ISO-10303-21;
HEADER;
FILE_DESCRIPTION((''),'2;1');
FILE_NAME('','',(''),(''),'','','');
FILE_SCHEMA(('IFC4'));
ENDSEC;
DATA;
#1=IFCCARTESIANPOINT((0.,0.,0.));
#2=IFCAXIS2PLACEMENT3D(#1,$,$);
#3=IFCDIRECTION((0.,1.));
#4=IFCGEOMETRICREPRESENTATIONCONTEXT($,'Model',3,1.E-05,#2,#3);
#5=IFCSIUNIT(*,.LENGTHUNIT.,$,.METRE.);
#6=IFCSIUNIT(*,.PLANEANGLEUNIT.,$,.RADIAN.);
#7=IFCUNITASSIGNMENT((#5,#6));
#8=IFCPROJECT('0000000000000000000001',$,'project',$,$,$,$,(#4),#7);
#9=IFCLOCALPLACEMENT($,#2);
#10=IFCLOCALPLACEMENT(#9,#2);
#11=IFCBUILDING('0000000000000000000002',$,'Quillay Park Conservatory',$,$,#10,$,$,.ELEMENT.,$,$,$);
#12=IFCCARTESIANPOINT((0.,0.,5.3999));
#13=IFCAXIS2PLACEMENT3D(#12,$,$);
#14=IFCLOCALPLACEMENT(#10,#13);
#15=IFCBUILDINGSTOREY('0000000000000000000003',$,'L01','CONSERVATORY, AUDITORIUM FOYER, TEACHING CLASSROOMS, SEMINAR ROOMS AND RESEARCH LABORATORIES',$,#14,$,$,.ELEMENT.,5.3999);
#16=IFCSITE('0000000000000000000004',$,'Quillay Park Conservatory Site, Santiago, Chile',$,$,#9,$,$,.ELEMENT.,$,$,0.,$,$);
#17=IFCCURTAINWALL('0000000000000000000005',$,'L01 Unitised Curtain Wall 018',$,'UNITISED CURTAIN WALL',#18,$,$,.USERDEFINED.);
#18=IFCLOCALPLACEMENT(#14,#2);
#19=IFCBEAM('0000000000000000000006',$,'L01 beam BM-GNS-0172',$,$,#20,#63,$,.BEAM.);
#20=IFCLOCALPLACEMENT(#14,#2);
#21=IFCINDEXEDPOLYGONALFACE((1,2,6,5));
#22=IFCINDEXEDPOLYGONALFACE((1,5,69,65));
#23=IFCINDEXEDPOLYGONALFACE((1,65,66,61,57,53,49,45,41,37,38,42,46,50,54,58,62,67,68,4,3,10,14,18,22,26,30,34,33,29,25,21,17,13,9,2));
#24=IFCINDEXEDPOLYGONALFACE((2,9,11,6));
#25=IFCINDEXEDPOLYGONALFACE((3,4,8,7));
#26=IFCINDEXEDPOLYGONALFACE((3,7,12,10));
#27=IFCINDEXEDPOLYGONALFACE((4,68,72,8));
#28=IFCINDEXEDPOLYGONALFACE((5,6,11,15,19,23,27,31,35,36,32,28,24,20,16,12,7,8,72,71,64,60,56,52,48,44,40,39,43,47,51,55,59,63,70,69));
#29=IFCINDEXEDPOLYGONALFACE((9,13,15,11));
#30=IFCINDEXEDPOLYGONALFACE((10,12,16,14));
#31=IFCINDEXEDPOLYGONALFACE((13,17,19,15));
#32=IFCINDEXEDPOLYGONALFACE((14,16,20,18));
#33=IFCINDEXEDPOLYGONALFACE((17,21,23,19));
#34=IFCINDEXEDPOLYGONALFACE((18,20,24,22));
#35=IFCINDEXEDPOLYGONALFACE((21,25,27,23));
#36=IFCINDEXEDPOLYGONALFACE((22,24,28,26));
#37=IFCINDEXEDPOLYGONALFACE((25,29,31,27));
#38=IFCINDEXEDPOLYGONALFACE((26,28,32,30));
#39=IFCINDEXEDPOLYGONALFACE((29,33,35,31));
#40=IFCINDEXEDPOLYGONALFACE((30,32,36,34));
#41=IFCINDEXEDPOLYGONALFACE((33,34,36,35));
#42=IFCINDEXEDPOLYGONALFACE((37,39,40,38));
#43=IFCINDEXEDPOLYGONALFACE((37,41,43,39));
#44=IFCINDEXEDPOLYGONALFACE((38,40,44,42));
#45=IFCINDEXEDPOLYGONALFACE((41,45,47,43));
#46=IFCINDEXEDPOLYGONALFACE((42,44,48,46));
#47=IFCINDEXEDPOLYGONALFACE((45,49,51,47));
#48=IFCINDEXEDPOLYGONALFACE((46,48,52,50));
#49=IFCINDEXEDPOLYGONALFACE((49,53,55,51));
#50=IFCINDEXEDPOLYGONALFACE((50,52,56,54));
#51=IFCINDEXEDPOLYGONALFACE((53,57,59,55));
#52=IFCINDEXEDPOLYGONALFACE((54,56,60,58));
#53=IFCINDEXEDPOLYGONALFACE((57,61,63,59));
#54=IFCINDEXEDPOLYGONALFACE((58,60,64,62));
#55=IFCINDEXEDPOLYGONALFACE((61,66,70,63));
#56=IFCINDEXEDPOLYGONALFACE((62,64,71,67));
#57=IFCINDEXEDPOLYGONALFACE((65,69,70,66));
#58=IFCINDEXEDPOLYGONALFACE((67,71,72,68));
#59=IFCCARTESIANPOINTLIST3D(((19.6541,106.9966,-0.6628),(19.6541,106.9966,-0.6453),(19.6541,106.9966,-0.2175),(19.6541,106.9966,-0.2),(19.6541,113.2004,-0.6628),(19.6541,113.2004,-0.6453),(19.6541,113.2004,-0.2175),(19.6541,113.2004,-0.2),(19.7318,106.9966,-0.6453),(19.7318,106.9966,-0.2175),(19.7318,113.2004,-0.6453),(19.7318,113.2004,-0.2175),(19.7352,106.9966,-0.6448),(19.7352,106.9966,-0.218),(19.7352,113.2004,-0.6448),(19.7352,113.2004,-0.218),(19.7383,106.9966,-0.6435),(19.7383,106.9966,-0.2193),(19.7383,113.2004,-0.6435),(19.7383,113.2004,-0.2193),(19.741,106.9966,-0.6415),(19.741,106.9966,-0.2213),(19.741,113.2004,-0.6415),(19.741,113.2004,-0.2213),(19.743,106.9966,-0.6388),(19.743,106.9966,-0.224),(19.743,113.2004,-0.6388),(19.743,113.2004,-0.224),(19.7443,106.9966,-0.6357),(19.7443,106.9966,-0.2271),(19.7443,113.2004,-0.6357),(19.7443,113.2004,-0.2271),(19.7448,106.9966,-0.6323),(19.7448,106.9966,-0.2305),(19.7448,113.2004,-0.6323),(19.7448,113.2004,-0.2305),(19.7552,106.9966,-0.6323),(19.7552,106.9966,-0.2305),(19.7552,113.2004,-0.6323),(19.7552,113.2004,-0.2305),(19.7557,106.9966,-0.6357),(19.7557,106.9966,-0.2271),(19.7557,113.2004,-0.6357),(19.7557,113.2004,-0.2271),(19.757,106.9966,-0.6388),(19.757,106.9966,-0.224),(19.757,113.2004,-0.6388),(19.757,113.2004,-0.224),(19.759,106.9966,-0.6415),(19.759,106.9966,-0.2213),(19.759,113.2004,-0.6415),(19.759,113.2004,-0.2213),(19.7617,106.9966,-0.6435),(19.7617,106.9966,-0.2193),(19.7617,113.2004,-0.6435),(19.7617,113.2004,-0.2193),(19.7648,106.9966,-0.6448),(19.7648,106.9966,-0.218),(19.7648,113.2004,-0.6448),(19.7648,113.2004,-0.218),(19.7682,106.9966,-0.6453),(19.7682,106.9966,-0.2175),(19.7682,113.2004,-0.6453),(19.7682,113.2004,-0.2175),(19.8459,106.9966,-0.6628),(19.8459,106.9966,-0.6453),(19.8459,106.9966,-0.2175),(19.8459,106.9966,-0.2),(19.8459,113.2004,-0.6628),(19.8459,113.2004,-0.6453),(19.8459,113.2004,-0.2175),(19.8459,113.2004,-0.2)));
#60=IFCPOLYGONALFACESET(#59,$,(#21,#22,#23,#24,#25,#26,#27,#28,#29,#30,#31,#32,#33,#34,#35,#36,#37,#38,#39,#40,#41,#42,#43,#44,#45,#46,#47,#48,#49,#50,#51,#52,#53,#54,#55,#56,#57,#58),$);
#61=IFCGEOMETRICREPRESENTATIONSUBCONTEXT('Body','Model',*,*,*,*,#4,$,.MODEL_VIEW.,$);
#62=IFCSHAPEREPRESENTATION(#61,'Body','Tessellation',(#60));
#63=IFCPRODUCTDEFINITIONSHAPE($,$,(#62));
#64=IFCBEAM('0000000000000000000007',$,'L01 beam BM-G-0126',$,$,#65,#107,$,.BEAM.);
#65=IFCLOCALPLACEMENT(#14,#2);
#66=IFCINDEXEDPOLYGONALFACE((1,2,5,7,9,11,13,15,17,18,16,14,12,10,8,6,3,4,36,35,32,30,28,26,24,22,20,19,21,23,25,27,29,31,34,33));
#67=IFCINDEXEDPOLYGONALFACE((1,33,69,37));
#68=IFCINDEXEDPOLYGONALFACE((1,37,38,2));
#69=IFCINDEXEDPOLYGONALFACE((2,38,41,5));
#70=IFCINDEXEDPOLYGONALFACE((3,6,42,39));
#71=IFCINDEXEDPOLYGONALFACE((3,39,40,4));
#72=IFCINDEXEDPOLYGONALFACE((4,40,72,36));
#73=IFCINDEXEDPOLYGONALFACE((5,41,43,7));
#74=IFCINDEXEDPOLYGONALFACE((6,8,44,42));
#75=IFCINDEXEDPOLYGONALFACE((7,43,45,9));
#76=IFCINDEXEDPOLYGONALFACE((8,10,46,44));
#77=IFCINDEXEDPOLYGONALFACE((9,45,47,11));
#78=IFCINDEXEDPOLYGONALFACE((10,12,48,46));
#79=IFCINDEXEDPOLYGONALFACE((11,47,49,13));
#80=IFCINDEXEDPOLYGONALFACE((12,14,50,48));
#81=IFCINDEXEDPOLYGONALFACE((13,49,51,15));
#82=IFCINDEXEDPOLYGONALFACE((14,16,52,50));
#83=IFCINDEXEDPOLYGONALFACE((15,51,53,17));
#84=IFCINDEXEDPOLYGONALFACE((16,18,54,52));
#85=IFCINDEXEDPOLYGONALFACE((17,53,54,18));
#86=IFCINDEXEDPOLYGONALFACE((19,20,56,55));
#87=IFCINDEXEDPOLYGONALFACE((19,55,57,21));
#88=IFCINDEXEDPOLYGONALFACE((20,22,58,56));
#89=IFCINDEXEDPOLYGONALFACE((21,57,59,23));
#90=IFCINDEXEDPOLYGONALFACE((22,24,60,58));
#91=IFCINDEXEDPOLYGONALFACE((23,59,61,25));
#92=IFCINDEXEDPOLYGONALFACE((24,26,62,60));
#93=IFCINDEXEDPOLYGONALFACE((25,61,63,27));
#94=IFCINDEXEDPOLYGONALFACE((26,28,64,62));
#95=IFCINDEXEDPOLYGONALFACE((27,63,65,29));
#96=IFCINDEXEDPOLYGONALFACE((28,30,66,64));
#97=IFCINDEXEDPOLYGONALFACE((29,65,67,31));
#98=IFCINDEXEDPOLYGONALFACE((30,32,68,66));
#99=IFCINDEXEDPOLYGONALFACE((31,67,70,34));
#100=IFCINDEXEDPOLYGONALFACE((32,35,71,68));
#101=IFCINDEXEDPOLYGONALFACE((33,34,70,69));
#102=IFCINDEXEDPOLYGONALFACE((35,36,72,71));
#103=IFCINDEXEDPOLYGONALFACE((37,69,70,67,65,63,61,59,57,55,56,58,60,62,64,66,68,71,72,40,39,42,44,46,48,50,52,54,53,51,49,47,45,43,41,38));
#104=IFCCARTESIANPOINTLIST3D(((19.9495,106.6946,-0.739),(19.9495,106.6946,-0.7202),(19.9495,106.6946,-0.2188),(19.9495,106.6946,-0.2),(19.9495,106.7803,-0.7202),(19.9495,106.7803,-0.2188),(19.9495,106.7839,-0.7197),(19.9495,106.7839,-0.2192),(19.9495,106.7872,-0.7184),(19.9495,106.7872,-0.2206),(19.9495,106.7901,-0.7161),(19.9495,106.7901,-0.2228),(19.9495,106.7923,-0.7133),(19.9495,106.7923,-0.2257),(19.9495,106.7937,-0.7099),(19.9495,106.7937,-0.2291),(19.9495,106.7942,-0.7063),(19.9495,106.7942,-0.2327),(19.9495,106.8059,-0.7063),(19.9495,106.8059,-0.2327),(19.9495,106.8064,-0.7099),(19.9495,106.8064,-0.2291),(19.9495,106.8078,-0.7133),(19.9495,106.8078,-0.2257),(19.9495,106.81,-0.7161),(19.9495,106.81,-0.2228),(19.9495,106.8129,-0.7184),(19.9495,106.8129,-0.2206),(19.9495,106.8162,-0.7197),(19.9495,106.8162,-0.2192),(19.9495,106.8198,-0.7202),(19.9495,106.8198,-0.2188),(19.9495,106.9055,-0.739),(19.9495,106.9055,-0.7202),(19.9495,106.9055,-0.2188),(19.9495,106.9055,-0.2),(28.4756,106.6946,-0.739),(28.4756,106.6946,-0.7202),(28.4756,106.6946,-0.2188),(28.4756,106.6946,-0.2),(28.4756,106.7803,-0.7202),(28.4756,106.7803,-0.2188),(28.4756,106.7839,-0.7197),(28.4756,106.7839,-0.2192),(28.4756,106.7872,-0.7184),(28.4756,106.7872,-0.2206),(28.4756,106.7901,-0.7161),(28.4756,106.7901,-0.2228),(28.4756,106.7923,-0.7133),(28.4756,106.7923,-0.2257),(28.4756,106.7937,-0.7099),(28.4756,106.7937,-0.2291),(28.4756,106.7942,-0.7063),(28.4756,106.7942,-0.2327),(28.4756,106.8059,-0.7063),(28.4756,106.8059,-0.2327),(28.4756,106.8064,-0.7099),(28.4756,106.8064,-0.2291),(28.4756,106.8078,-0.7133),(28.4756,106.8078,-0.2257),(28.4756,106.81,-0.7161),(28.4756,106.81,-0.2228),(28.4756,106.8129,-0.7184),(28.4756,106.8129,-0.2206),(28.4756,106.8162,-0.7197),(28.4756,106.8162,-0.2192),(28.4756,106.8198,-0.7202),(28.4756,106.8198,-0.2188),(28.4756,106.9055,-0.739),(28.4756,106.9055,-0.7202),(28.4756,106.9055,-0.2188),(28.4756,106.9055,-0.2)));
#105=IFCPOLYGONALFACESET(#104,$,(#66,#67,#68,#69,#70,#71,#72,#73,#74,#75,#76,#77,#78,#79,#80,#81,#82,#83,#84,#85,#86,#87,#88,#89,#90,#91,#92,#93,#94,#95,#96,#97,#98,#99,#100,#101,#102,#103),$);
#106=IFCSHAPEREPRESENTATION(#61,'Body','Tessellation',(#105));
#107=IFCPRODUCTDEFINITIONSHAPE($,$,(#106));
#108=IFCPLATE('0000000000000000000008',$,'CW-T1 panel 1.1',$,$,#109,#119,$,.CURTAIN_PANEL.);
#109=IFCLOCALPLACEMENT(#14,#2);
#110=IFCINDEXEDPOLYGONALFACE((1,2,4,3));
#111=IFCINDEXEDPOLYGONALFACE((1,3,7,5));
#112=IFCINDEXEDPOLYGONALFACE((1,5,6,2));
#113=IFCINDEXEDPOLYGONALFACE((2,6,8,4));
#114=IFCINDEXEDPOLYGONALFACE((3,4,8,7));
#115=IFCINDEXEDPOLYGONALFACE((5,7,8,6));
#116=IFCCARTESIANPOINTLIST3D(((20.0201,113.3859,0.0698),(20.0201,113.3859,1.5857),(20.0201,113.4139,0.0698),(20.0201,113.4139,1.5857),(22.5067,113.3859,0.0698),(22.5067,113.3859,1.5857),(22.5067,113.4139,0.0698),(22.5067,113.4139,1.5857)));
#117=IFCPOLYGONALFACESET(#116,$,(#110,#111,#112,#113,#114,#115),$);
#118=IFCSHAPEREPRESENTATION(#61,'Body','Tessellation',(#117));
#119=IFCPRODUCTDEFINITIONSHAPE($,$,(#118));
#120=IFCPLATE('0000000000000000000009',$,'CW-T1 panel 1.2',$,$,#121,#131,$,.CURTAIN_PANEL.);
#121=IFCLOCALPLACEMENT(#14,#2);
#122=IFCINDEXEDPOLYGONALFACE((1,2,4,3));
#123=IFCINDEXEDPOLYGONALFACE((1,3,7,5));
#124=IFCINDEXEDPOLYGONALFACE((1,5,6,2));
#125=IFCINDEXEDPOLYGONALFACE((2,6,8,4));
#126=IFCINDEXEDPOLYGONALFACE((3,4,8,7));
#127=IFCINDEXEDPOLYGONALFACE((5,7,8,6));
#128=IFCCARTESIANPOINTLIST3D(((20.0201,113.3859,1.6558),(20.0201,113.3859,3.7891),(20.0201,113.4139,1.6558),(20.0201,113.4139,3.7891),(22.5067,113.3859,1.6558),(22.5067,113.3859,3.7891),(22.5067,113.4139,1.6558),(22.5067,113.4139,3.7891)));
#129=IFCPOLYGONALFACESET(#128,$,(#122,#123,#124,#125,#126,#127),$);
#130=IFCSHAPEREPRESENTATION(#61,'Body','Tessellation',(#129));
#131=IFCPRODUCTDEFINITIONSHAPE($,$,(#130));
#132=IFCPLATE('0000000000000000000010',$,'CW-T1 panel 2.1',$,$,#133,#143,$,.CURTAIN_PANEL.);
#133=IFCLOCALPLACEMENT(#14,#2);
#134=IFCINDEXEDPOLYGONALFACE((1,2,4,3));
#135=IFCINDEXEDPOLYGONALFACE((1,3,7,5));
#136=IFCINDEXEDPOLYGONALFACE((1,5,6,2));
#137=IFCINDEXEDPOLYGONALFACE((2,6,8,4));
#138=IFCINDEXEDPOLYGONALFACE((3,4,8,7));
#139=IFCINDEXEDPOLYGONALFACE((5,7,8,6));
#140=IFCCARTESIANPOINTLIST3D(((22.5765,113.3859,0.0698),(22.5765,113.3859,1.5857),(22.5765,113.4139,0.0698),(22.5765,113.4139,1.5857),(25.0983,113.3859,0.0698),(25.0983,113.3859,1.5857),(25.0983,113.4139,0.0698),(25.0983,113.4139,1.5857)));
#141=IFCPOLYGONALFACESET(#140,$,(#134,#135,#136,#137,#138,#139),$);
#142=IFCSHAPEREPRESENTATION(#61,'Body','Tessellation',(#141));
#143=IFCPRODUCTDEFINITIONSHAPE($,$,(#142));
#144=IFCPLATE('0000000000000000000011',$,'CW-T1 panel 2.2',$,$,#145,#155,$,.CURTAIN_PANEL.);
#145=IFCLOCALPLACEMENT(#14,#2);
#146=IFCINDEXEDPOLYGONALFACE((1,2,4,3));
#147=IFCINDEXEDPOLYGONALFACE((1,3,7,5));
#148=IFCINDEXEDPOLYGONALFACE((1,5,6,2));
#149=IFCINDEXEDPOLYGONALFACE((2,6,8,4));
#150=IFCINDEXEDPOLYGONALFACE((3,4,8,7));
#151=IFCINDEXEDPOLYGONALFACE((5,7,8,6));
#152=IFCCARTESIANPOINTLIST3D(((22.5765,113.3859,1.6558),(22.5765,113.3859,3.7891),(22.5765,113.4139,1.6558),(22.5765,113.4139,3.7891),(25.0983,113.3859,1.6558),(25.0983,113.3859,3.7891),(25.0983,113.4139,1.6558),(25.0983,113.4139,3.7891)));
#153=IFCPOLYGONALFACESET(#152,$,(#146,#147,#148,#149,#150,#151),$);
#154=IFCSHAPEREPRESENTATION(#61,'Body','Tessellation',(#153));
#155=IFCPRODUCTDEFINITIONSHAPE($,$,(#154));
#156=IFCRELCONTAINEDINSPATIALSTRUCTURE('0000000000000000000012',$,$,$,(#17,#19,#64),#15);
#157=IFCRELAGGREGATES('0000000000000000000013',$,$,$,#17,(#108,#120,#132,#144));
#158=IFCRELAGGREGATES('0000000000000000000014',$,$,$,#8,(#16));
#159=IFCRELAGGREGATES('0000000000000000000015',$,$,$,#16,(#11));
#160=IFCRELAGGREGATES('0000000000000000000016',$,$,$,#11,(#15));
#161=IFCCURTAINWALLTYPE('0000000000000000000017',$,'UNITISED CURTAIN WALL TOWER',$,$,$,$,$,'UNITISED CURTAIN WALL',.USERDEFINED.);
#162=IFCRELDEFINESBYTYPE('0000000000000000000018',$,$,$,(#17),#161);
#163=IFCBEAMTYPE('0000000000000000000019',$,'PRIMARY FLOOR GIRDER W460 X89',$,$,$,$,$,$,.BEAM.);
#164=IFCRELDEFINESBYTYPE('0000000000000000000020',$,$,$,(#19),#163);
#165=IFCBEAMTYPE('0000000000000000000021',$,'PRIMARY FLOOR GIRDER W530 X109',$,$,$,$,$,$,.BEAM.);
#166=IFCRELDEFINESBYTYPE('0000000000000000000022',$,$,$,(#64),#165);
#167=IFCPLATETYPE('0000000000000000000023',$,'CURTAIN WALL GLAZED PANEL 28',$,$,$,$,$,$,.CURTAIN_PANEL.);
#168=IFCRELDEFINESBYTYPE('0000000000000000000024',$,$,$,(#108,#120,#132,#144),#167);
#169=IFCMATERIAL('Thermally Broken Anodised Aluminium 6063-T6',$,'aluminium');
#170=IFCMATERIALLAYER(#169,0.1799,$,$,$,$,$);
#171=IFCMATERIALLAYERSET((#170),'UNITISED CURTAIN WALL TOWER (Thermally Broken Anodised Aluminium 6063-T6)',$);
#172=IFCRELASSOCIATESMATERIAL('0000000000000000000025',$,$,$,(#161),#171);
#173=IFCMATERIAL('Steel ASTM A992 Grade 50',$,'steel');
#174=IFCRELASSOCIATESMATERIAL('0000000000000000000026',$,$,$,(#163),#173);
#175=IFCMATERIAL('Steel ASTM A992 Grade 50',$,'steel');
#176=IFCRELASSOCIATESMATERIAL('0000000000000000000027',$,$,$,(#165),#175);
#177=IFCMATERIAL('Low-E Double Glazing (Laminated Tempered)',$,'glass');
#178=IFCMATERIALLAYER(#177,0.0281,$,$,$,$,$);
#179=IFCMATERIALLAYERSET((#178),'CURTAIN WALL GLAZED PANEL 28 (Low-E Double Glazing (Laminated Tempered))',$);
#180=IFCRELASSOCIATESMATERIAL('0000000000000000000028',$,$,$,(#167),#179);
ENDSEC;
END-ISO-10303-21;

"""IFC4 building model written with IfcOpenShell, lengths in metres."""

from ifc_helpers import new_model, si_unit, direction, frame, origin, origin_2d, place, context, subcontext, project, spatial, rectangle, i_section, extrude, material, layer, layer_set, material_profile, profile_set, type_object, element, aggregate, save


model = new_model("IFC4")

# Units and contexts
model_context = context("Model", 3, precision=1e-05, world=origin(), true_north=direction((0.0, 1.0)))
body_context = subcontext(model_context, "Body", "Model", "MODEL_VIEW")
ifc_project = project(units=[si_unit("LENGTHUNIT", "METRE"), si_unit("PLANEANGLEUNIT", "RADIAN")], contexts=[model_context])

# Site, building, storey
site_placement = place(None, origin())
site = spatial("IfcSite", under=ifc_project, at=site_placement, Name="Quillay Park Conservatory Site, Santiago, Chile", CompositionType="ELEMENT", RefElevation=0.0)
building_placement = place(site_placement, origin())
building = spatial("IfcBuilding", under=site, at=building_placement, Name="Quillay Park Conservatory", CompositionType="ELEMENT")
storey_placement = place(building_placement, frame((0.0, 0.0, 5.3999)))
storey = spatial("IfcBuildingStorey", under=building, at=storey_placement, Name="L01", Description="CONSERVATORY, AUDITORIUM FOYER, TEACHING CLASSROOMS, SEMINAR ROOMS AND RESEARCH LABORATORIES", CompositionType="ELEMENT", Elevation=5.3999)

# Shared definitions
ifc_material_1 = material(Name="Thermally Broken Anodised Aluminium 6063-T6", Category="aluminium")
ifc_layer_1 = layer(ifc_material_1, 0.1799)
ifc_layer_set_1 = layer_set([ifc_layer_1], Name="UNITISED CURTAIN WALL TOWER (Thermally Broken Anodised Aluminium 6063-T6)")
curtain_wall_type = type_object("IfcCurtainWallType", Name="UNITISED CURTAIN WALL TOWER", ElementType="UNITISED CURTAIN WALL", PredefinedType="USERDEFINED", material=ifc_layer_set_1)

# Curtain wall
curtain_wall_1_placement = place(storey_placement, origin())
curtain_wall_1 = element("IfcCurtainWall", 1, at=curtain_wall_1_placement, inside=storey, type_object=curtain_wall_type, Name="L01 Unitised Curtain Wall 018", ObjectType="UNITISED CURTAIN WALL", PredefinedType="USERDEFINED")

# Beams
ifc_material_2 = material(Name="Steel ASTM A992 Grade 50", Category="steel")
ifc_material_profile_1 = material_profile(ifc_material_2, i_section(OverallWidth=0.1919, OverallDepth=0.4629, WebThickness=0.0105, FlangeThickness=0.0176, FilletRadius=0.0129, at=origin_2d()), Name="W460x89")
ifc_profile_set_1 = profile_set([ifc_material_profile_1], Name="Steel ASTM A992 Grade 50")
beam_type_1 = type_object("IfcBeamType", Name="PRIMARY FLOOR GIRDER W460 X89", PredefinedType="BEAM", material=ifc_profile_set_1)
beam_1_placement = place(storey_placement, frame((19.75, 106.9966, -0.4314), z_axis=(0.0, 1.0, 0.0), x_axis=(-1.0, 0.0, 0.0)))
element("IfcBeam", 2, at=beam_1_placement, inside=storey, type_object=beam_type_1, Name="L01 beam BM-GNS-0172", PredefinedType="BEAM", context=body_context, shape_type="SweptSolid", body=[
    extrude(i_section(OverallWidth=0.1919, OverallDepth=0.4629, WebThickness=0.0105, FlangeThickness=0.0176, FilletRadius=0.0129, at=origin_2d()), origin(), (0.0, 0.0, 1.0), 6.2039),
])
ifc_material_3 = material(Name="Steel ASTM A992 Grade 50", Category="steel")
ifc_material_profile_2 = material_profile(ifc_material_3, i_section(OverallWidth=0.2109, OverallDepth=0.5391, WebThickness=0.0117, FlangeThickness=0.0188, FilletRadius=0.0139, at=origin_2d()), Name="W530x109")
ifc_profile_set_2 = profile_set([ifc_material_profile_2], Name="Steel ASTM A992 Grade 50")
beam_type_2 = type_object("IfcBeamType", Name="PRIMARY FLOOR GIRDER W530 X109", PredefinedType="BEAM", material=ifc_profile_set_2)
beam_2_placement = place(storey_placement, frame((19.9495, 106.8, -0.4695), z_axis=(1.0, 0.0, 0.0), x_axis=(0.0, 1.0, 0.0)))
element("IfcBeam", 3, at=beam_2_placement, inside=storey, type_object=beam_type_2, Name="L01 beam BM-G-0126", PredefinedType="BEAM", context=body_context, shape_type="SweptSolid", body=[
    extrude(i_section(OverallWidth=0.2109, OverallDepth=0.5391, WebThickness=0.0117, FlangeThickness=0.0188, FilletRadius=0.0139, at=origin_2d()), origin(), (0.0, 0.0, 1.0), 8.5261),
])

# Plates
ifc_material_4 = material(Name="Low-E Double Glazing (Laminated Tempered)", Category="glass")
ifc_layer_2 = layer(ifc_material_4, 0.0281)
ifc_layer_set_2 = layer_set([ifc_layer_2], Name="CURTAIN WALL GLAZED PANEL 28 (Low-E Double Glazing (Laminated Tempered))")
plate_type = type_object("IfcPlateType", Name="CURTAIN WALL GLAZED PANEL 28", PredefinedType="CURTAIN_PANEL", material=ifc_layer_set_2)
plate_1_placement = place(storey_placement, frame((21.2634, 113.3999, 0.0698), z_axis=(0.0, 0.0, 1.0), x_axis=(1.0, 0.0, 0.0)))
plate_1 = element("IfcPlate", 4, at=plate_1_placement, type_object=plate_type, Name="CW-T1 panel 1.1", PredefinedType="CURTAIN_PANEL", context=body_context, shape_type="SweptSolid", body=[
    extrude(rectangle(XDim=2.4866, YDim=0.0281, at=origin_2d()), origin(), (0.0, 0.0, 1.0), 1.5159),
])
plate_2_placement = place(storey_placement, frame((21.2634, 113.3999, 1.6558), z_axis=(0.0, 0.0, 1.0), x_axis=(1.0, 0.0, 0.0)))
plate_2 = element("IfcPlate", 5, at=plate_2_placement, type_object=plate_type, Name="CW-T1 panel 1.2", PredefinedType="CURTAIN_PANEL", context=body_context, shape_type="SweptSolid", body=[
    extrude(rectangle(XDim=2.4866, YDim=0.0281, at=origin_2d()), origin(), (0.0, 0.0, 1.0), 2.1333),
])
plate_3_placement = place(storey_placement, frame((23.8374, 113.3999, 0.0698), z_axis=(0.0, 0.0, 1.0), x_axis=(1.0, 0.0, 0.0)))
plate_3 = element("IfcPlate", 6, at=plate_3_placement, type_object=plate_type, Name="CW-T1 panel 2.1", PredefinedType="CURTAIN_PANEL", context=body_context, shape_type="SweptSolid", body=[
    extrude(rectangle(XDim=2.5217, YDim=0.0281, at=origin_2d()), origin(), (0.0, 0.0, 1.0), 1.5159),
])
plate_4_placement = place(storey_placement, frame((23.8374, 113.3999, 1.6558), z_axis=(0.0, 0.0, 1.0), x_axis=(1.0, 0.0, 0.0)))
plate_4 = element("IfcPlate", 7, at=plate_4_placement, type_object=plate_type, Name="CW-T1 panel 2.2", PredefinedType="CURTAIN_PANEL", context=body_context, shape_type="SweptSolid", body=[
    extrude(rectangle(XDim=2.5217, YDim=0.0281, at=origin_2d()), origin(), (0.0, 0.0, 1.0), 2.1333),
])
aggregate(curtain_wall_1, [plate_1, plate_2, plate_3, plate_4])

save(model, "model.ifc")
